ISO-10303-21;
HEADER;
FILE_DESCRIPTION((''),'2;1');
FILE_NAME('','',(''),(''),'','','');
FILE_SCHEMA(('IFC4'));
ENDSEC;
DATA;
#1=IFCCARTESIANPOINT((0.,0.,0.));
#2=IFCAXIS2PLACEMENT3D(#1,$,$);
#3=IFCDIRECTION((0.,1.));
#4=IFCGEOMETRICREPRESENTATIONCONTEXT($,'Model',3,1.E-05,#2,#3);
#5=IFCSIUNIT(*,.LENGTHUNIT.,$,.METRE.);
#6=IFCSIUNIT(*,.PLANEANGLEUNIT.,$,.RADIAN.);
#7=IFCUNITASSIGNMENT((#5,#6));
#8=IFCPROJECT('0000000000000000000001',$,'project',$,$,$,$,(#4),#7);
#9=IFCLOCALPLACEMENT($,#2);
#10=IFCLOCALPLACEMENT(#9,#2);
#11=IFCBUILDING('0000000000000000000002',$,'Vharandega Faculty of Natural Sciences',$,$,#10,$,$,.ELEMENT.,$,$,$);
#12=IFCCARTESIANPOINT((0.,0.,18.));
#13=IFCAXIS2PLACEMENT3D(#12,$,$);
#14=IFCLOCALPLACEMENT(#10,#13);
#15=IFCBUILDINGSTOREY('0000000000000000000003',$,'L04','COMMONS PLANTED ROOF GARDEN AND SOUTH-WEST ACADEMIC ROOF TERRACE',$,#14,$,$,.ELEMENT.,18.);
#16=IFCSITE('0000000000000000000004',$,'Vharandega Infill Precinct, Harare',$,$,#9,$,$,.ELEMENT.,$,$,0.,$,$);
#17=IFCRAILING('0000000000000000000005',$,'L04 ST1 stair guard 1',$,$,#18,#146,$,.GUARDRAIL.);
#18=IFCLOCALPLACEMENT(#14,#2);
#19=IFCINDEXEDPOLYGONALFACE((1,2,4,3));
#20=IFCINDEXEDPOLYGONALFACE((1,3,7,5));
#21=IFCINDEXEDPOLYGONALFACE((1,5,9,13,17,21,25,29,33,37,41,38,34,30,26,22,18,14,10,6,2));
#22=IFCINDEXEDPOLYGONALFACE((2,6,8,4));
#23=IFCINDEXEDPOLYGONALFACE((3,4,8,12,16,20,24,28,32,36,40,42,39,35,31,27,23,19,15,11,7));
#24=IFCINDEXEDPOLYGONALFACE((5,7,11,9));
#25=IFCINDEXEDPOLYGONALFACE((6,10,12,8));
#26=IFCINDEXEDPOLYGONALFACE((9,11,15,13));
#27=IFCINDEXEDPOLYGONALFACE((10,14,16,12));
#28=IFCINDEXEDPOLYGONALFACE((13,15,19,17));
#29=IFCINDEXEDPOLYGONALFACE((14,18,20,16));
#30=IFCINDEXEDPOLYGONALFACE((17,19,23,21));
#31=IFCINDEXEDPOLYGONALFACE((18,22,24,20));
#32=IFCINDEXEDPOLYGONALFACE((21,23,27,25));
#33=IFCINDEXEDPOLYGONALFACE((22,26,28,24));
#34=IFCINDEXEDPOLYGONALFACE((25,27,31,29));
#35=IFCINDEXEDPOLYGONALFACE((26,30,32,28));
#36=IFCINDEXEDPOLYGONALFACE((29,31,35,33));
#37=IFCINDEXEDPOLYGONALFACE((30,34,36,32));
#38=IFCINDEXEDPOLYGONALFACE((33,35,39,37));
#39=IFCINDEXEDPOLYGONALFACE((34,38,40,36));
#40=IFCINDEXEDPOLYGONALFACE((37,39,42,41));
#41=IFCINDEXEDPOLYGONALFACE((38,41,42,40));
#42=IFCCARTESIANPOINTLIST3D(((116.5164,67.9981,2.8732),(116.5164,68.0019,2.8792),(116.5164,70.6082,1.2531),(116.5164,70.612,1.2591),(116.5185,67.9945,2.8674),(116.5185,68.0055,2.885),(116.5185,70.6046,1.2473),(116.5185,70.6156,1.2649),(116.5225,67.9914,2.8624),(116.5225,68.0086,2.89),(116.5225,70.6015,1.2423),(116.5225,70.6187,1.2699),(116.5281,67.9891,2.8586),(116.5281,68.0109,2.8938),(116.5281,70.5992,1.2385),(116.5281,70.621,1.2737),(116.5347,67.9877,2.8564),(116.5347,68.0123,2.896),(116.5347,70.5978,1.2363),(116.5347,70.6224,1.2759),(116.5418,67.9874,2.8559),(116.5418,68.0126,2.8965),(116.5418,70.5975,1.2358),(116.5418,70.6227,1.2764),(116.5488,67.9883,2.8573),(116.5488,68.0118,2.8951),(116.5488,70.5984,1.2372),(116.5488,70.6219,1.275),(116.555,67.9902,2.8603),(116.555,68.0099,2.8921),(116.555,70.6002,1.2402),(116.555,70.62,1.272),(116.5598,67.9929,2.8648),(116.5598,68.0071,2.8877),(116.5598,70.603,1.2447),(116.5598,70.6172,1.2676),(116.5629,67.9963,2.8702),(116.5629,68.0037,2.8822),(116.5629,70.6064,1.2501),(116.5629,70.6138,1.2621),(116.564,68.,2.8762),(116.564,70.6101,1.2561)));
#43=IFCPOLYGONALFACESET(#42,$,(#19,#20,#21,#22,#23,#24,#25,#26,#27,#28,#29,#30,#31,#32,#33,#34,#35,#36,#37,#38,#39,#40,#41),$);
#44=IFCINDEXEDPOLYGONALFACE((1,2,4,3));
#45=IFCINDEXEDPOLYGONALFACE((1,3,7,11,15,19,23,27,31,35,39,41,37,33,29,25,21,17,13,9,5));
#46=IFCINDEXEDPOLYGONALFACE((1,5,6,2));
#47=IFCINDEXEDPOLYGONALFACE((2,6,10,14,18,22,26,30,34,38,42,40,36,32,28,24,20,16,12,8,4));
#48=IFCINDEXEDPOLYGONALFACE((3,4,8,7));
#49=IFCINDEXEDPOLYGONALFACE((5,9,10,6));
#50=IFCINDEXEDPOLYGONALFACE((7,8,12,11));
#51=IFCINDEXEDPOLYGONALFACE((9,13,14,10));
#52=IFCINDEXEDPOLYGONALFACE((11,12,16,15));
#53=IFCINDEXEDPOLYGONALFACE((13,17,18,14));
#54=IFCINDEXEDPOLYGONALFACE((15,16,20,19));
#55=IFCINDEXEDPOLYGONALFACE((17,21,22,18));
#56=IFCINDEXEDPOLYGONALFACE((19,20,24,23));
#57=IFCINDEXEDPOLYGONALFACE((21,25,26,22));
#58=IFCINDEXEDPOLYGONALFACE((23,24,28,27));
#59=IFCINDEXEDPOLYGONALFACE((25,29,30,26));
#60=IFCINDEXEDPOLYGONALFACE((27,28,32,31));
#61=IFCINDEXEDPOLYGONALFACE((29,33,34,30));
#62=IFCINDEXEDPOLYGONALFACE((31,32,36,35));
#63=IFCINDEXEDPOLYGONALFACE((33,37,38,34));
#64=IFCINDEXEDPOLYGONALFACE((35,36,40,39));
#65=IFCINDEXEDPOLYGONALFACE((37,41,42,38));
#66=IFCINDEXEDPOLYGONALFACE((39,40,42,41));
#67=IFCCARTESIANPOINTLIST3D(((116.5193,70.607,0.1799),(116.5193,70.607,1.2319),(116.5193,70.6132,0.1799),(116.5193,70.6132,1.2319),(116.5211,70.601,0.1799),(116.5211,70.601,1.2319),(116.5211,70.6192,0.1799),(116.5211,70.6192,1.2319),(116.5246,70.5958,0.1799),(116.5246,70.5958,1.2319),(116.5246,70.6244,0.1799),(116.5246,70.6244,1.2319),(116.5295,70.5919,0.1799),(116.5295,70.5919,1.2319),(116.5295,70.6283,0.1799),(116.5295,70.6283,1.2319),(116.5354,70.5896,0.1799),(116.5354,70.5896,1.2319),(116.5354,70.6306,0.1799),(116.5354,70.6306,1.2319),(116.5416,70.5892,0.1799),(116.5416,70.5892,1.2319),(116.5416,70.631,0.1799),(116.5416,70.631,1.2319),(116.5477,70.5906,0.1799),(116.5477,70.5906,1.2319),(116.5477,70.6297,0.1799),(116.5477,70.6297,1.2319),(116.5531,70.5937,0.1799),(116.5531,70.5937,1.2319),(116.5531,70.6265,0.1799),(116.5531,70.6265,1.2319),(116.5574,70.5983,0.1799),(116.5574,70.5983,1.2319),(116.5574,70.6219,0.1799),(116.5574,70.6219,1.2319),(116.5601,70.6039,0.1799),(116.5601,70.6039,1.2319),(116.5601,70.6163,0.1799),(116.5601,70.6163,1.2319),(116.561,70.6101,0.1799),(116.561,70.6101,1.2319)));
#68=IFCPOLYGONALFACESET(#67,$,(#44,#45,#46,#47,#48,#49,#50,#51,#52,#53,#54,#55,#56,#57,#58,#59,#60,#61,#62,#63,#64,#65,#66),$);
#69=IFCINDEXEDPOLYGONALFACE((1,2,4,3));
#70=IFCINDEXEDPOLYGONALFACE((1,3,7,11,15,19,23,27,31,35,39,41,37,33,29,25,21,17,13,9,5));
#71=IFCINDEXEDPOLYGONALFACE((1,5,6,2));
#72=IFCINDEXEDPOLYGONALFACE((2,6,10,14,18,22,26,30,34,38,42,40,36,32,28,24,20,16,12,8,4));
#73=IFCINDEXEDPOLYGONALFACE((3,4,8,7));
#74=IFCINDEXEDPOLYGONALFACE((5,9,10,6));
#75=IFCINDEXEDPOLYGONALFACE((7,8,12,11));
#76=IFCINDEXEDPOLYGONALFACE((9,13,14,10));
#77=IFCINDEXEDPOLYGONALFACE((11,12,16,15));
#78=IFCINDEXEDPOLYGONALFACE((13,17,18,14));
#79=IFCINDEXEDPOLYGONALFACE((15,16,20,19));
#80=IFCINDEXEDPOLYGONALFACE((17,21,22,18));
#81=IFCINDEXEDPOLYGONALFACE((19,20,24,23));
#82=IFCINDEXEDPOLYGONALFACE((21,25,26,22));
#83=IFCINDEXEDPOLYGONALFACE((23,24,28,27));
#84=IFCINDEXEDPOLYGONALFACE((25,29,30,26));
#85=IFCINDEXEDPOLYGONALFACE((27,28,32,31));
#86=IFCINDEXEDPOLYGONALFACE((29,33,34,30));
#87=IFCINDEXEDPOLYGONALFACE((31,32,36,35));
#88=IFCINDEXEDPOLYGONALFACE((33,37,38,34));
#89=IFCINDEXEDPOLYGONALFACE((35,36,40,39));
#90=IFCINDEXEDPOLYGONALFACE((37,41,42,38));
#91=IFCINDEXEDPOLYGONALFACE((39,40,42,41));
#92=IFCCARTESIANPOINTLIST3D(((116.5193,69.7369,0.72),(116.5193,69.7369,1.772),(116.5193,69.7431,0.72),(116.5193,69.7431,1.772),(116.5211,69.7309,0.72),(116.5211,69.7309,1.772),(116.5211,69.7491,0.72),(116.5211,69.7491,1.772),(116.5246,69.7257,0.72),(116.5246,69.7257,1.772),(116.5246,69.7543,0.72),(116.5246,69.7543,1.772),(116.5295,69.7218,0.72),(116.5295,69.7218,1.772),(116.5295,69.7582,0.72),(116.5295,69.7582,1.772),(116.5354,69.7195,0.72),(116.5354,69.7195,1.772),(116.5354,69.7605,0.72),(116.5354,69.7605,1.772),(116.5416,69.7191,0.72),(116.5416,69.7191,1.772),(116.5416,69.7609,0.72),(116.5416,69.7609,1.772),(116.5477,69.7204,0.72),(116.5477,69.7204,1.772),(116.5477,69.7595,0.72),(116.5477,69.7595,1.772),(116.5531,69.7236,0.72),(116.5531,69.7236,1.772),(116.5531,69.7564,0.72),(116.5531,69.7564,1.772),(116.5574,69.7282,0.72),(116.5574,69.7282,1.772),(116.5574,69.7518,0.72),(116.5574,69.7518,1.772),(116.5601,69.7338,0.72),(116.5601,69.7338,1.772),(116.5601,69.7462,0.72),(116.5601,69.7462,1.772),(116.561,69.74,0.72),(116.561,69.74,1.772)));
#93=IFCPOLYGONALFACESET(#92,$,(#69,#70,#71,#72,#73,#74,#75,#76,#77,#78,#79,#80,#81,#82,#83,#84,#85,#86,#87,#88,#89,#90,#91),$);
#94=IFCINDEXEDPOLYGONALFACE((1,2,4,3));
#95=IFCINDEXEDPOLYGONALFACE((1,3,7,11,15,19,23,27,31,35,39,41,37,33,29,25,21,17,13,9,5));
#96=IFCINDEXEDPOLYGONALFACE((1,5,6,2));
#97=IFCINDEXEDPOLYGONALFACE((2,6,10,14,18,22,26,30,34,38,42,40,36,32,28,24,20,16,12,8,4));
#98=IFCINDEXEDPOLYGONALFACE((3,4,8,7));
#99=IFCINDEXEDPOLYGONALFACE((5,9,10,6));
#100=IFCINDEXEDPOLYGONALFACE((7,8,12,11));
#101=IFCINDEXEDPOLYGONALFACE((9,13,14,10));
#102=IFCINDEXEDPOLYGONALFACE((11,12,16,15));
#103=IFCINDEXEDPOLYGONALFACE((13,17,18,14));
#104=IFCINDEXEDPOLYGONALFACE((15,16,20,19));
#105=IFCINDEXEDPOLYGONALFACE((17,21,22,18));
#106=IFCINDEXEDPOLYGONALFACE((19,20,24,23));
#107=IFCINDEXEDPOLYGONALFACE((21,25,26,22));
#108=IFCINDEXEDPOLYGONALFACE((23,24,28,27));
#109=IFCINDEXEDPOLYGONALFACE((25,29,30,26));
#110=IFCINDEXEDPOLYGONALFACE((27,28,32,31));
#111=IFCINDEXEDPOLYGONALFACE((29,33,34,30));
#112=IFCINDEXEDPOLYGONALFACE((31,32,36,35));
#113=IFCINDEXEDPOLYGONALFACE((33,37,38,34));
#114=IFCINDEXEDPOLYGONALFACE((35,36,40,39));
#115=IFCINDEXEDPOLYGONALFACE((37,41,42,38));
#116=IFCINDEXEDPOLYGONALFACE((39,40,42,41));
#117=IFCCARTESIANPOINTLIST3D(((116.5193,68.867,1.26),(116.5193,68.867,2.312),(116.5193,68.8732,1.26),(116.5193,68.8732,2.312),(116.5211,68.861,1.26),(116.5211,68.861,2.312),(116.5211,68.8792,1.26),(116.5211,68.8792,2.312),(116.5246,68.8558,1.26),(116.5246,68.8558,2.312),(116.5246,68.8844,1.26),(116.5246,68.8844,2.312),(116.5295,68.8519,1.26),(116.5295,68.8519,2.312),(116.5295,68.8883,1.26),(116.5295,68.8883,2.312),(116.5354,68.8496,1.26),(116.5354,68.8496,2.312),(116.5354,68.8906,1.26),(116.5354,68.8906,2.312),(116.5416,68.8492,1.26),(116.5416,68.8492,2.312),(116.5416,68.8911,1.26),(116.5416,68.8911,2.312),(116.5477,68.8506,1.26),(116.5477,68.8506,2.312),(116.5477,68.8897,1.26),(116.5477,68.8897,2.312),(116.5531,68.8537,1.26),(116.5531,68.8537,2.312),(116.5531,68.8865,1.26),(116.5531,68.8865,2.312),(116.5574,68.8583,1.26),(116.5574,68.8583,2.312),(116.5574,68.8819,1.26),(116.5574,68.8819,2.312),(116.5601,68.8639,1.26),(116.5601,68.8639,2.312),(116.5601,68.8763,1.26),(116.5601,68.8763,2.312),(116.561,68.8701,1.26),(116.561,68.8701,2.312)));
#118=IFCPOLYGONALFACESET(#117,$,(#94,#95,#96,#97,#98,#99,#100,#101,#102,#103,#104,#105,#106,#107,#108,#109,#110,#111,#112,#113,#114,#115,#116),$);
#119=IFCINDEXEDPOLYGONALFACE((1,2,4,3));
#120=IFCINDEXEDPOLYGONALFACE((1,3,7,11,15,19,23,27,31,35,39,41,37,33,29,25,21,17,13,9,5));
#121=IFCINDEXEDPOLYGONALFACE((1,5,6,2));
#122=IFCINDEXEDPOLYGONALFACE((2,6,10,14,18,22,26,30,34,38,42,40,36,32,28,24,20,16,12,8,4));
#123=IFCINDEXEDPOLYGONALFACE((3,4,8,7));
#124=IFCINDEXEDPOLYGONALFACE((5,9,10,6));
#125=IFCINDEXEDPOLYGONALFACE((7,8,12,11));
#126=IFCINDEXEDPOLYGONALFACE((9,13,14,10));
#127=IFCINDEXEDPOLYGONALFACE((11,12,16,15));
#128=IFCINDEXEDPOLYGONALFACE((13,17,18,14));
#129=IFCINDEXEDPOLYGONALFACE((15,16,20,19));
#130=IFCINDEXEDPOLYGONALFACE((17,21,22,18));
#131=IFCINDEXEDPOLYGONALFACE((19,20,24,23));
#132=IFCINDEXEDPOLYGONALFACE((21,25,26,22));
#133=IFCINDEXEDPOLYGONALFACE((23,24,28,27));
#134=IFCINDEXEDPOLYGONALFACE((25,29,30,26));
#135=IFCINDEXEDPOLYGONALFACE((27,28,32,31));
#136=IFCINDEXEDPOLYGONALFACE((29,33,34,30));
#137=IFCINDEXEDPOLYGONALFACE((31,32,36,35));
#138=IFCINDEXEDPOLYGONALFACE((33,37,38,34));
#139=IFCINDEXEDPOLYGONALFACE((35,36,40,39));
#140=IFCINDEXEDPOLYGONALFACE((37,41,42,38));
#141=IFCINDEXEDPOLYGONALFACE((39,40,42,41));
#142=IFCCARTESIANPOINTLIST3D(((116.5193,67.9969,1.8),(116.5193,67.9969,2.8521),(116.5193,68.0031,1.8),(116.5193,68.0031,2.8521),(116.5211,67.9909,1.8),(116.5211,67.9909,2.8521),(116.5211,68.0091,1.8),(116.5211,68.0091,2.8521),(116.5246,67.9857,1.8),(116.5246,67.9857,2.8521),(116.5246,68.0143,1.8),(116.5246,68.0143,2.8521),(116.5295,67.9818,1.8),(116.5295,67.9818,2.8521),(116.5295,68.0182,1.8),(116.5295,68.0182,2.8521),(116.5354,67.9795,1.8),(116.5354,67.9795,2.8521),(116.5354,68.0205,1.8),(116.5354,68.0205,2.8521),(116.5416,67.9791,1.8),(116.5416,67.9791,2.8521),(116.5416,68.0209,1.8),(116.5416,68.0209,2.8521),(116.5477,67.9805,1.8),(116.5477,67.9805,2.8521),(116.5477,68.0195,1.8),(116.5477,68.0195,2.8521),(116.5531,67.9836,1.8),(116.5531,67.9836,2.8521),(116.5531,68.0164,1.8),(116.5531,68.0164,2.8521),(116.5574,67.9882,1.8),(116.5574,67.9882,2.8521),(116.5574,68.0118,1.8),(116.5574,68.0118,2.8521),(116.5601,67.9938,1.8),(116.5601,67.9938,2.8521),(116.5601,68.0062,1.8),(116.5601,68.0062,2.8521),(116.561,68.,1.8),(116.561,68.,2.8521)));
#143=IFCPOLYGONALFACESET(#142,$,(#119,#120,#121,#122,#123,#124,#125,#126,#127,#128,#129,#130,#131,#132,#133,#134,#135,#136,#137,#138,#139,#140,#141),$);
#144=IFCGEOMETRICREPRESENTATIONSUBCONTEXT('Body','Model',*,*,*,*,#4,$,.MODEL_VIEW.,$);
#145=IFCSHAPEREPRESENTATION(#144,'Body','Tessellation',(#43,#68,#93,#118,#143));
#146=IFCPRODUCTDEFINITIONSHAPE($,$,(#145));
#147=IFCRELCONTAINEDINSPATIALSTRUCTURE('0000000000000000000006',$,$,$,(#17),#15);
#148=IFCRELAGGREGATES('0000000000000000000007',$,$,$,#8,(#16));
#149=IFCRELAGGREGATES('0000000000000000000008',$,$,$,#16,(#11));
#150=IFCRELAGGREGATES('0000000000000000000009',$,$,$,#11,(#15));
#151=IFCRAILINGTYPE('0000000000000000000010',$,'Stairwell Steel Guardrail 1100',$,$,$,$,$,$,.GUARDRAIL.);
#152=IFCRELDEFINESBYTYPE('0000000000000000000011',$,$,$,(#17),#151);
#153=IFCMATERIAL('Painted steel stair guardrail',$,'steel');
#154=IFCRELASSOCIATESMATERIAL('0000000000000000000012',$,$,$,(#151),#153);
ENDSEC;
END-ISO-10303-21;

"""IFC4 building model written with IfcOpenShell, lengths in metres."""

from ifc_helpers import new_model, si_unit, direction, frame, origin, origin_2d, place, context, subcontext, project, spatial, circle, extrude, material, type_object, element, save


model = new_model("IFC4")

# Units and contexts
model_context = context("Model", 3, precision=1e-05, world=origin(), true_north=direction((0.0, 1.0)))
body_context = subcontext(model_context, "Body", "Model", "MODEL_VIEW")
ifc_project = project(units=[si_unit("LENGTHUNIT", "METRE"), si_unit("PLANEANGLEUNIT", "RADIAN")], contexts=[model_context])

# Site, building, storey
site_placement = place(None, origin())
site = spatial("IfcSite", under=ifc_project, at=site_placement, Name="Vharandega Infill Precinct, Harare", CompositionType="ELEMENT", RefElevation=0.0)
building_placement = place(site_placement, origin())
building = spatial("IfcBuilding", under=site, at=building_placement, Name="Vharandega Faculty of Natural Sciences", CompositionType="ELEMENT")
storey_placement = place(building_placement, frame((0.0, 0.0, 18.0)))
storey = spatial("IfcBuildingStorey", under=building, at=storey_placement, Name="L04", Description="COMMONS PLANTED ROOF GARDEN AND SOUTH-WEST ACADEMIC ROOF TERRACE", CompositionType="ELEMENT", Elevation=18.0)

# Railing
ifc_material_1 = material(Name="Painted steel stair guardrail", Category="steel")
railing_type_1 = type_object("IfcRailingType", Name="Stairwell Steel Guardrail 1100", PredefinedType="GUARDRAIL", material=ifc_material_1)
railing_1_placement = place(storey_placement, frame((116.54, 70.6101, 0.1799)))
element("IfcRailing", 1, at=railing_1_placement, inside=storey, type_object=railing_type_1, Name="L04 ST1 stair guard 1", PredefinedType="GUARDRAIL", context=body_context, shape_type="SweptSolid", body=[
    extrude(circle(Radius=0.0239, at=origin_2d()), frame((0.0, 0.0, 1.0762), z_axis=(0.0, -0.849633, 0.527375), x_axis=(1.0, 0.0, 0.0)), (0.0, 0.0, 1.0), 3.072),
    extrude(circle(Radius=0.021, at=origin_2d()), origin(), (0.0, 0.0, 1.0), 1.052),
    extrude(circle(Radius=0.021, at=origin_2d()), frame((0.0, -0.8701, 0.54)), (0.0, 0.0, 1.0), 1.052),
    extrude(circle(Radius=0.021, at=origin_2d()), frame((0.0, -1.74, 1.0801)), (0.0, 0.0, 1.0), 1.052),
    extrude(circle(Radius=0.021, at=origin_2d()), frame((0.0, -2.6101, 1.6201)), (0.0, 0.0, 1.0), 1.052),
])

save(model, "model.ifc")
